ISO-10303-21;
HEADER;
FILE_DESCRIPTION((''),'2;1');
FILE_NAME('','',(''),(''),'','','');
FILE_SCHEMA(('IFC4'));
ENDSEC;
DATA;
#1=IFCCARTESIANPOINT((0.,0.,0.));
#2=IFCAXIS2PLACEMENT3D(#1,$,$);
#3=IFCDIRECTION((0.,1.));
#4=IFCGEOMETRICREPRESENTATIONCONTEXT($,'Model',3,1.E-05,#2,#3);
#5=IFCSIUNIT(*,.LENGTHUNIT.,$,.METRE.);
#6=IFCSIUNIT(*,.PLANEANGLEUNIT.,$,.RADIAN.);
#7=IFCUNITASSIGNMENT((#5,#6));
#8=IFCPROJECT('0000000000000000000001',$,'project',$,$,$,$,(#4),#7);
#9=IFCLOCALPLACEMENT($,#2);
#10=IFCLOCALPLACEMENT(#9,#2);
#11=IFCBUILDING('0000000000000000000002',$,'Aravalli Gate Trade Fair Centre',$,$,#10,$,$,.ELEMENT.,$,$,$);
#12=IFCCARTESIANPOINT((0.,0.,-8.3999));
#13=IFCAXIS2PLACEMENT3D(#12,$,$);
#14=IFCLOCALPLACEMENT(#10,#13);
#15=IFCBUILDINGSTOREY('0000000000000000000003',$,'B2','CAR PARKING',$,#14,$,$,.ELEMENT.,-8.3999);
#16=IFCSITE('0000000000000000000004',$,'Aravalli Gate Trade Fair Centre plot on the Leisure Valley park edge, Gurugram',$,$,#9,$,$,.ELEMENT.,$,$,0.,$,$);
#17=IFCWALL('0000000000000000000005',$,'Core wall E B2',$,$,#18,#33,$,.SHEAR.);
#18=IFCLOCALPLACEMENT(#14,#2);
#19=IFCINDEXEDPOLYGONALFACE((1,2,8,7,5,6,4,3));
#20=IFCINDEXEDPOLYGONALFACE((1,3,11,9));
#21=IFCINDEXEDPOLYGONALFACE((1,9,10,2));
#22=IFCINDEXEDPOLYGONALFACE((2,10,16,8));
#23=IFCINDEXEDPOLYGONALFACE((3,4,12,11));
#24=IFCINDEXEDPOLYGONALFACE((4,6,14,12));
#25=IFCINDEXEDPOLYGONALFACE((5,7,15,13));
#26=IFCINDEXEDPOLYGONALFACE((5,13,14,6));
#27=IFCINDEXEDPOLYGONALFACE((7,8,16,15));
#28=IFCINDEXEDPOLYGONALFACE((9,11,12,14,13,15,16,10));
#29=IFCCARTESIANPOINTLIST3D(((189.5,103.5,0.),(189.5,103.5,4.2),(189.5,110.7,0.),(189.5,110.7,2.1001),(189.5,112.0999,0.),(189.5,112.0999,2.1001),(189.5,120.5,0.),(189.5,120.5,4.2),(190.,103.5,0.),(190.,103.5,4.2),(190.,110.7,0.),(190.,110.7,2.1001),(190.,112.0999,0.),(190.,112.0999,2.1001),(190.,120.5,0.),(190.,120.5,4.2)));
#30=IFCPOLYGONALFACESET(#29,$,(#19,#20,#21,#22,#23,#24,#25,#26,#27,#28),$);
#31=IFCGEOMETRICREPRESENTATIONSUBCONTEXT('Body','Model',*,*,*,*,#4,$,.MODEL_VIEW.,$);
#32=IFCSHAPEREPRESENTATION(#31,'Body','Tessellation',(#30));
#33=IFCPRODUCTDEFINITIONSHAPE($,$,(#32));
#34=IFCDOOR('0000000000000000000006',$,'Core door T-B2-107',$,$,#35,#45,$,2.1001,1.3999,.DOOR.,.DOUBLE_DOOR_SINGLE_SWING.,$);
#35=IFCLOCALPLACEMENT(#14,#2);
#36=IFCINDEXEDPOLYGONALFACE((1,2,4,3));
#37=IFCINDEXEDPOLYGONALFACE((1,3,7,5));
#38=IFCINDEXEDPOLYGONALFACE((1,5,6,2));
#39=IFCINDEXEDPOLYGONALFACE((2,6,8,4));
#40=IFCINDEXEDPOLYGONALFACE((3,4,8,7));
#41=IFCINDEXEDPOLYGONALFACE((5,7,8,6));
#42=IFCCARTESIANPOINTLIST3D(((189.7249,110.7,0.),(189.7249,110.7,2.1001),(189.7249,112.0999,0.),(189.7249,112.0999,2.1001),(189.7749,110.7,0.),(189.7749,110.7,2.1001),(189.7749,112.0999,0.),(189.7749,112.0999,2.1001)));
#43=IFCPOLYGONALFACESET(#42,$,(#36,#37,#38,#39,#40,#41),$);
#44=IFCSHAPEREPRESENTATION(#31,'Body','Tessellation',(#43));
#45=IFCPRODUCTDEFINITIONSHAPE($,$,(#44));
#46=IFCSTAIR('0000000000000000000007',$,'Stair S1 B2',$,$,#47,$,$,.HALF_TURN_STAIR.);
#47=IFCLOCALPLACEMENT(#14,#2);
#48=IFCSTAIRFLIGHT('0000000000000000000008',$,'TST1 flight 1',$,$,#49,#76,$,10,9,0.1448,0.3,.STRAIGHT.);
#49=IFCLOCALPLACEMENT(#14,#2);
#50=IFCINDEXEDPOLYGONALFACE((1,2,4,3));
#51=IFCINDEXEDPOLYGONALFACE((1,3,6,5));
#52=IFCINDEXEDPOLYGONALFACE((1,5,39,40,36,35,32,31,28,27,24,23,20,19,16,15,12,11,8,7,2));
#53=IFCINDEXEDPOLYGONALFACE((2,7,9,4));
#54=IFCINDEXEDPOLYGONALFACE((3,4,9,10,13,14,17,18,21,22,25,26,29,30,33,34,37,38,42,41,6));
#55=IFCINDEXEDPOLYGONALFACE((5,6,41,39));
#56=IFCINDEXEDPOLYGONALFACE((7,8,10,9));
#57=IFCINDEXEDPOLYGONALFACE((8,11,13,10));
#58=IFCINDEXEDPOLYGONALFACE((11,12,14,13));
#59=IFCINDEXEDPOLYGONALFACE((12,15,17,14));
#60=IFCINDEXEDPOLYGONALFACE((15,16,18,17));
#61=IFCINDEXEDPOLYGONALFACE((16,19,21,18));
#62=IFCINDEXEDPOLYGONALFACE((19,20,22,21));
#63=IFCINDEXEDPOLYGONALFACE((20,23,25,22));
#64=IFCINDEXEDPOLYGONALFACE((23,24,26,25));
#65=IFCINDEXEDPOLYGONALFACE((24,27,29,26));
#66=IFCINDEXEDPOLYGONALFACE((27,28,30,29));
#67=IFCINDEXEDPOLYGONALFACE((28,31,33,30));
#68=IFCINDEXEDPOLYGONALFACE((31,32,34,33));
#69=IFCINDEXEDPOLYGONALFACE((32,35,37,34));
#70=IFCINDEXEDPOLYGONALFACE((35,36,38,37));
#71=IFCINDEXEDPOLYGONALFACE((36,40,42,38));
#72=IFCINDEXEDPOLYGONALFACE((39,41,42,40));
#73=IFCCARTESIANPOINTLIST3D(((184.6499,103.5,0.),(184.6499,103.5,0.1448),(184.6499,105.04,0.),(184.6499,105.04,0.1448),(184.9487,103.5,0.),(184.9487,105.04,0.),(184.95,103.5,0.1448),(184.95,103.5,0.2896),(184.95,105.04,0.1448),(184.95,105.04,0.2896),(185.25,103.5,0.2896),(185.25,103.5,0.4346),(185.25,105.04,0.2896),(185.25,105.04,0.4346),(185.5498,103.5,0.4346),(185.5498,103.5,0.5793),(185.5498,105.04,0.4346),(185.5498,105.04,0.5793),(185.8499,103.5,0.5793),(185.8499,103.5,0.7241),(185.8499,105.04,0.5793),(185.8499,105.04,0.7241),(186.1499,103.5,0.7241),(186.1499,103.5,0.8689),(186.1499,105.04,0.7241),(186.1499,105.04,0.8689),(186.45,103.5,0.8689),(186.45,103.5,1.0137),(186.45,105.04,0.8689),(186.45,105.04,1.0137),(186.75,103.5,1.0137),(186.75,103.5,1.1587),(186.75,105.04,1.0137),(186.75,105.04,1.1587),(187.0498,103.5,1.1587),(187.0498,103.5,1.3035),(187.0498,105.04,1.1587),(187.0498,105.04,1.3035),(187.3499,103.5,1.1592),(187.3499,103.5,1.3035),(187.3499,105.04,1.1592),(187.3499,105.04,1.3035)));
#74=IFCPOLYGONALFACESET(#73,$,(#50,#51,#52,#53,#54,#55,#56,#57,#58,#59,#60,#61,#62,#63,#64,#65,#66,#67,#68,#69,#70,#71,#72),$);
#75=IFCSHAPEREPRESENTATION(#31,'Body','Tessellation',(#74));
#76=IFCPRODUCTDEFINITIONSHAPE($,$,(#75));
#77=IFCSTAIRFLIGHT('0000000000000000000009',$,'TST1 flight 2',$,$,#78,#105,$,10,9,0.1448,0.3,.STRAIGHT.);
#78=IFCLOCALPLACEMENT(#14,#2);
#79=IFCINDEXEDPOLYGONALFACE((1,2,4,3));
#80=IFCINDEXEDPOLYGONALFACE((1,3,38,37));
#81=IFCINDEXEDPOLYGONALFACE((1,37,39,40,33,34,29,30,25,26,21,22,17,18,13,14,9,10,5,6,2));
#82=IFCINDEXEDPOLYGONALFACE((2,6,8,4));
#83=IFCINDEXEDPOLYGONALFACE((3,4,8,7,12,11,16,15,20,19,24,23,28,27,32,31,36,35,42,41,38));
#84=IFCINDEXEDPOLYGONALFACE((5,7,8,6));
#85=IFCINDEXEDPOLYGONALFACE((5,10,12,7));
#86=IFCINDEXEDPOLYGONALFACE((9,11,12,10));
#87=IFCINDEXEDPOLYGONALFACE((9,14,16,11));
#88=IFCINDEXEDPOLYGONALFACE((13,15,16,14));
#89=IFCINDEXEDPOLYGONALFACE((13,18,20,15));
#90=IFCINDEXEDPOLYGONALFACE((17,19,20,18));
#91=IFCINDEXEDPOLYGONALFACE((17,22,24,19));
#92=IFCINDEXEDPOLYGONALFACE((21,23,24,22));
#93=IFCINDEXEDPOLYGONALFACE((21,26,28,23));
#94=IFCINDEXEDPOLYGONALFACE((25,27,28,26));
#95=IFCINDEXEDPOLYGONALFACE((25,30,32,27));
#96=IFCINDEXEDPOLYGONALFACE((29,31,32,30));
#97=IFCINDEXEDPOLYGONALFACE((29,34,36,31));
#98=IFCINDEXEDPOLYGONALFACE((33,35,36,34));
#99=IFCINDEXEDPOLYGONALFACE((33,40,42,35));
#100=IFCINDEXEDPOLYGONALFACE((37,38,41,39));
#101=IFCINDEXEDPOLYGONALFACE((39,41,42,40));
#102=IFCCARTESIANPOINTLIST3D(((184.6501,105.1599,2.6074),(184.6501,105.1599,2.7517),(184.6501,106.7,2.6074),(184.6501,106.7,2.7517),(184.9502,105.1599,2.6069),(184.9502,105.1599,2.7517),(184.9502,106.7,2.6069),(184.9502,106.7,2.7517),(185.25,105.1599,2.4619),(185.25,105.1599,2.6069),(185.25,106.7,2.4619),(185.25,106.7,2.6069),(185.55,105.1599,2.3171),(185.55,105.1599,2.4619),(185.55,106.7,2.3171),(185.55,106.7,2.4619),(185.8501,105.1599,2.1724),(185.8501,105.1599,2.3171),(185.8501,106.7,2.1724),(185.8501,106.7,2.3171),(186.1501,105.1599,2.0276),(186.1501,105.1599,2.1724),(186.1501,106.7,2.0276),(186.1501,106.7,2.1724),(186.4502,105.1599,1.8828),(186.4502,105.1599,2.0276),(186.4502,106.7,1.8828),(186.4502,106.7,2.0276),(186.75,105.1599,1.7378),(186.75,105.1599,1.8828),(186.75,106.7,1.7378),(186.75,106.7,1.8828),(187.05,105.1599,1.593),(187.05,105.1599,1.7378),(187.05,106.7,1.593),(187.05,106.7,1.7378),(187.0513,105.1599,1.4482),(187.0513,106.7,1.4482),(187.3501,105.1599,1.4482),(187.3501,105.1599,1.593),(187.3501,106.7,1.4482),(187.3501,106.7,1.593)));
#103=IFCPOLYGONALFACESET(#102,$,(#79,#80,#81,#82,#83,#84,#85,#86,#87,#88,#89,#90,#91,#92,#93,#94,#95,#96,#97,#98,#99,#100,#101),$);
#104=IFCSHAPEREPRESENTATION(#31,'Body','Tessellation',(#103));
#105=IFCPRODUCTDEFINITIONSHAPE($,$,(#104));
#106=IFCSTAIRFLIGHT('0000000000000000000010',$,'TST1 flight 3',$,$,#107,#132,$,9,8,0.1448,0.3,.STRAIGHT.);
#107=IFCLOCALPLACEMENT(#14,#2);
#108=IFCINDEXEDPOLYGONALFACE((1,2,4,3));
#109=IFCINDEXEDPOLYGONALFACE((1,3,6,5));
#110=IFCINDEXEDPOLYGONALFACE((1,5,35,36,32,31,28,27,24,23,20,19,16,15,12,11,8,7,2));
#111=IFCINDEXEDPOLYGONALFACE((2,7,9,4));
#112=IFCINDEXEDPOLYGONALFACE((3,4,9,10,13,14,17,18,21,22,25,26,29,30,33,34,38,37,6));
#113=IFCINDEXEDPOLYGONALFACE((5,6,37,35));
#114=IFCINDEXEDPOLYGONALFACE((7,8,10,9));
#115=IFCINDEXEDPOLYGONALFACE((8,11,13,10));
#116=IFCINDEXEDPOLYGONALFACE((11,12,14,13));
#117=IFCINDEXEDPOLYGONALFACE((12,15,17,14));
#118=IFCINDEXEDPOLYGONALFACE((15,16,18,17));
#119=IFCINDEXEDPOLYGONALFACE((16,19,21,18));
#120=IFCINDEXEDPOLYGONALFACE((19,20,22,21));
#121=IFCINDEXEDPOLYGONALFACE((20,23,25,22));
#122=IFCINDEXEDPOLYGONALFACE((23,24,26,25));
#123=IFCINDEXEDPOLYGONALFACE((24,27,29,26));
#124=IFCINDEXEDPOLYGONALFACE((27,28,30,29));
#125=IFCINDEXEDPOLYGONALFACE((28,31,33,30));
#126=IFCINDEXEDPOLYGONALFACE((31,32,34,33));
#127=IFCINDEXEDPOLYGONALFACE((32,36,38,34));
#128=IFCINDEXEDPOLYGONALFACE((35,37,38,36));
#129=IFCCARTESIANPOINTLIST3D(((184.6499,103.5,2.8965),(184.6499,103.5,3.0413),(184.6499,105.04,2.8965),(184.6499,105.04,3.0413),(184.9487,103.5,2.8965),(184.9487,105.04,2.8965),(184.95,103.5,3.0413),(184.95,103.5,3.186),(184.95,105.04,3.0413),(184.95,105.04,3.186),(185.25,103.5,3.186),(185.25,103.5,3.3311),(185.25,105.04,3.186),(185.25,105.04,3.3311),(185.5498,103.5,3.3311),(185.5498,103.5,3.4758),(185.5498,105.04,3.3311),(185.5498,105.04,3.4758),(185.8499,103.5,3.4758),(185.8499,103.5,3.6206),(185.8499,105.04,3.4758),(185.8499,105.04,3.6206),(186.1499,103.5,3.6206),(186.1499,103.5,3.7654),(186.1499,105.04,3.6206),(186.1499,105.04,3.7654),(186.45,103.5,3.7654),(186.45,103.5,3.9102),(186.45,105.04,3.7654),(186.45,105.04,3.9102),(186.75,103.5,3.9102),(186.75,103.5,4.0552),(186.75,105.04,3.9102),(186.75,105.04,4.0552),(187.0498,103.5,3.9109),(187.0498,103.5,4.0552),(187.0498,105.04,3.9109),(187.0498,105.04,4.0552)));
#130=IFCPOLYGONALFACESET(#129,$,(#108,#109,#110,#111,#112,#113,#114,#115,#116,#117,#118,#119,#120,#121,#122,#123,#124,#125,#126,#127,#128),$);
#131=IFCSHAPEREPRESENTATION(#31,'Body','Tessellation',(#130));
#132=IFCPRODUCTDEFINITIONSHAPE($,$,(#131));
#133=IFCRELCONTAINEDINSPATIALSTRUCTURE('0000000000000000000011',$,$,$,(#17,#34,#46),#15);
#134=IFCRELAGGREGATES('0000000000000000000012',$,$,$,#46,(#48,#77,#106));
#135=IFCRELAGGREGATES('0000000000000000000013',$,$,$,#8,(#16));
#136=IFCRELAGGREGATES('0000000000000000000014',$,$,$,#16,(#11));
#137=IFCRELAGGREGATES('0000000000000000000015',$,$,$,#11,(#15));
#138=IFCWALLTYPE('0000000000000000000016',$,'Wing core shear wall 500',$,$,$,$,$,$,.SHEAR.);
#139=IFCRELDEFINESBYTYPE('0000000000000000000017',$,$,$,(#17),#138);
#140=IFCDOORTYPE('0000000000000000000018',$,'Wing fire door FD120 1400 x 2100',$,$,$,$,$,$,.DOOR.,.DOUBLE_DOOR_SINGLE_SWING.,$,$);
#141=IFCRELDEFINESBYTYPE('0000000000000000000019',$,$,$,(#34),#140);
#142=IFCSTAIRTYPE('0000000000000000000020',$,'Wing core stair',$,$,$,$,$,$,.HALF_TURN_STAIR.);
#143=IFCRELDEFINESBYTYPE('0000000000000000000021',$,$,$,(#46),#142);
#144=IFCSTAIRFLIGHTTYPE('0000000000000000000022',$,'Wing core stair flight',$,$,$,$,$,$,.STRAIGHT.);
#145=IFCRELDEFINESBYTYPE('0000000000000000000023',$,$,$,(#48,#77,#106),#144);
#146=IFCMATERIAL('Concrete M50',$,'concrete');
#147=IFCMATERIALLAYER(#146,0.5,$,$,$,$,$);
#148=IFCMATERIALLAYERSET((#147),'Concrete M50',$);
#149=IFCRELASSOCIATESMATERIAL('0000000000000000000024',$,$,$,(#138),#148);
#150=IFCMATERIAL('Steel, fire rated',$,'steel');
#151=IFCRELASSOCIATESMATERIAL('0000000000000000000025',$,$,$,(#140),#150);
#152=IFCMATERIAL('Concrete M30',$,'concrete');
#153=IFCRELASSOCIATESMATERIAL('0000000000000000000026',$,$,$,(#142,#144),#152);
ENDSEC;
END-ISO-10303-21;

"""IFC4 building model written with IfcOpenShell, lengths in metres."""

from ifc_helpers import new_model, si_unit, direction, frame, frame_2d, origin, place, context, subcontext, project, spatial, polyline, rectangle, outline, extrude, material, layer, layer_set, type_object, element, fill, aggregate, save


model = new_model("IFC4")

# Units and contexts
model_context = context("Model", 3, precision=1e-05, world=origin(), true_north=direction((0.0, 1.0)))
body_context = subcontext(model_context, "Body", "Model", "MODEL_VIEW")
ifc_project = project(units=[si_unit("LENGTHUNIT", "METRE"), si_unit("PLANEANGLEUNIT", "RADIAN")], contexts=[model_context])

# Site, building, storey
site_placement = place(None, origin())
site = spatial("IfcSite", under=ifc_project, at=site_placement, Name="Aravalli Gate Trade Fair Centre plot on the Leisure Valley park edge, Gurugram", CompositionType="ELEMENT", RefElevation=0.0)
building_placement = place(site_placement, origin())
building = spatial("IfcBuilding", under=site, at=building_placement, Name="Aravalli Gate Trade Fair Centre", CompositionType="ELEMENT")
storey_placement = place(building_placement, frame((0.0, 0.0, -8.3999)))
storey = spatial("IfcBuildingStorey", under=building, at=storey_placement, Name="B2", Description="CAR PARKING", CompositionType="ELEMENT", Elevation=-8.3999)

# Shared definitions
ifc_material_1 = material(Name="Concrete M30", Category="concrete")

# Wall, opening, door
ifc_material_2 = material(Name="Concrete M50", Category="concrete")
ifc_layer_1 = layer(ifc_material_2, 0.5)
ifc_layer_set_1 = layer_set([ifc_layer_1], Name="Concrete M50")
wall_type_1 = type_object("IfcWallType", Name="Wing core shear wall 500", PredefinedType="SHEAR", material=ifc_layer_set_1)
wall_1_placement = place(storey_placement, frame((189.75, 103.5, 0.0), z_axis=(0.0, 0.0, 1.0), x_axis=(0.0, 1.0, 0.0)))
wall_1 = element("IfcWall", 1, at=wall_1_placement, inside=storey, type_object=wall_type_1, Name="Core wall E B2", PredefinedType="SHEAR", context=body_context, shape_type="SweptSolid", body=[
    extrude(rectangle(XDim=17.0, YDim=0.5, at=frame_2d((8.5, 0.0))), origin(), (0.0, 0.0, 1.0), 4.2),
])
opening_placement = place(wall_1_placement, frame((7.2, 0.0, 0.0)))
opening = element("IfcOpeningElement", 2, at=opening_placement, cuts=wall_1, PredefinedType="OPENING", context=body_context, shape_type="SweptSolid", body=[
    extrude(rectangle(XDim=1.3999, YDim=2.1001, at=frame_2d((0.7, 1.05))), frame((0.0, 0.26, 0.0), z_axis=(0.0, -1.0, 0.0), x_axis=(1.0, 0.0, 0.0)), (0.0, 0.0, 1.0), 0.52),
])
ifc_material_3 = material(Name="Steel, fire rated", Category="steel")
door_type = type_object("IfcDoorType", Name="Wing fire door FD120 1400 x 2100", OperationType="DOUBLE_DOOR_SINGLE_SWING", PredefinedType="DOOR", material=ifc_material_3)
door_placement = place(opening_placement, frame((1.3999, 0.0, 0.0), z_axis=(0.0, 0.0, 1.0), x_axis=(-1.0, 0.0, 0.0)))
door = element("IfcDoor", 3, at=door_placement, inside=storey, type_object=door_type, Name="Core door T-B2-107", OperationType="DOUBLE_DOOR_SINGLE_SWING", OverallHeight=2.1001, OverallWidth=1.3999, PredefinedType="DOOR", context=body_context, shape_type="SweptSolid", body=[
    extrude(rectangle(XDim=1.3999, YDim=2.1001, at=frame_2d((0.7, 1.05))), frame((0.0, 0.0249, 0.0), z_axis=(0.0, -1.0, 0.0), x_axis=(1.0, 0.0, 0.0)), (0.0, 0.0, 1.0), 0.05),
])
fill(opening, door)

# Stair, stair flights
stair_type = type_object("IfcStairType", Name="Wing core stair", PredefinedType="HALF_TURN_STAIR", material=ifc_material_1)
stair_placement = place(storey_placement, origin())
stair = element("IfcStair", 4, at=stair_placement, inside=storey, type_object=stair_type, Name="Stair S1 B2", PredefinedType="HALF_TURN_STAIR")
stair_flight_type = type_object("IfcStairFlightType", Name="Wing core stair flight", PredefinedType="STRAIGHT", material=ifc_material_1)
stair_flight_1_placement = place(storey_placement, frame((184.6499, 104.27, 0.0), z_axis=(0.0, 0.0, 1.0), x_axis=(1.0, 0.0, 0.0)))
stair_flight_1 = element("IfcStairFlight", 5, at=stair_flight_1_placement, type_object=stair_flight_type, Name="TST1 flight 1", NumberOfRisers=10, NumberOfTreads=9, PredefinedType="STRAIGHT", RiserHeight=0.1448, TreadLength=0.3, context=body_context, shape_type="SweptSolid", body=[
    extrude(outline(polyline([(0.0, 0.0), (0.0, 0.1448), (0.3, 0.1448), (0.3, 0.2896), (0.6001, 0.2896), (0.6001, 0.4346), (0.8999, 0.4346), (0.8999, 0.5793), (1.2, 0.5793), (1.2, 0.7241), (1.5, 0.7241), (1.5, 0.8689), (1.8, 0.8689), (1.8, 1.0137), (2.1001, 1.0137), (2.1001, 1.1587), (2.3999, 1.1587), (2.3999, 1.3035), (2.7, 1.3035), (2.7, 1.4482), (2.7, 1.1592), (0.2988, 0.0), (0.0, 0.0)])), frame((0.0, 0.77, 0.0), z_axis=(0.0, -1.0, 0.0), x_axis=(1.0, 0.0, 0.0)), (0.0, 0.0, 1.0), 1.54),
])
stair_flight_2_placement = place(storey_placement, frame((187.3501, 105.9299, 1.4482), z_axis=(0.0, 0.0, 1.0), x_axis=(-1.0, 0.0, 0.0)))
stair_flight_2 = element("IfcStairFlight", 6, at=stair_flight_2_placement, type_object=stair_flight_type, Name="TST1 flight 2", NumberOfRisers=10, NumberOfTreads=9, PredefinedType="STRAIGHT", RiserHeight=0.1448, TreadLength=0.3, context=body_context, shape_type="SweptSolid", body=[
    extrude(outline(polyline([(0.0, 0.0), (0.0, 0.1448), (0.3, 0.1448), (0.3, 0.2896), (0.6001, 0.2896), (0.6001, 0.4346), (0.8999, 0.4346), (0.8999, 0.5793), (1.2, 0.5793), (1.2, 0.7241), (1.5, 0.7241), (1.5, 0.8689), (1.8, 0.8689), (1.8, 1.0137), (2.1001, 1.0137), (2.1001, 1.1587), (2.3999, 1.1587), (2.3999, 1.3035), (2.7, 1.3035), (2.7, 1.4482), (2.7, 1.1592), (0.2988, 0.0), (0.0, 0.0)])), frame((0.0, 0.77, 0.0), z_axis=(0.0, -1.0, 0.0), x_axis=(1.0, 0.0, 0.0)), (0.0, 0.0, 1.0), 1.54),
])
stair_flight_3_placement = place(storey_placement, frame((184.6499, 104.27, 2.8965), z_axis=(0.0, 0.0, 1.0), x_axis=(1.0, 0.0, 0.0)))
stair_flight_3 = element("IfcStairFlight", 7, at=stair_flight_3_placement, type_object=stair_flight_type, Name="TST1 flight 3", NumberOfRisers=9, NumberOfTreads=8, PredefinedType="STRAIGHT", RiserHeight=0.1448, TreadLength=0.3, context=body_context, shape_type="SweptSolid", body=[
    extrude(outline(polyline([(0.0, 0.0), (0.0, 0.1448), (0.3, 0.1448), (0.3, 0.2896), (0.6001, 0.2896), (0.6001, 0.4346), (0.8999, 0.4346), (0.8999, 0.5793), (1.2, 0.5793), (1.2, 0.7241), (1.5, 0.7241), (1.5, 0.8689), (1.8, 0.8689), (1.8, 1.0137), (2.1001, 1.0137), (2.1001, 1.1587), (2.3999, 1.1587), (2.3999, 1.3035), (2.3999, 1.0144), (0.2988, 0.0), (0.0, 0.0)])), frame((0.0, 0.77, 0.0), z_axis=(0.0, -1.0, 0.0), x_axis=(1.0, 0.0, 0.0)), (0.0, 0.0, 1.0), 1.54),
])
aggregate(stair, [stair_flight_1, stair_flight_2, stair_flight_3])

save(model, "model.ifc")
